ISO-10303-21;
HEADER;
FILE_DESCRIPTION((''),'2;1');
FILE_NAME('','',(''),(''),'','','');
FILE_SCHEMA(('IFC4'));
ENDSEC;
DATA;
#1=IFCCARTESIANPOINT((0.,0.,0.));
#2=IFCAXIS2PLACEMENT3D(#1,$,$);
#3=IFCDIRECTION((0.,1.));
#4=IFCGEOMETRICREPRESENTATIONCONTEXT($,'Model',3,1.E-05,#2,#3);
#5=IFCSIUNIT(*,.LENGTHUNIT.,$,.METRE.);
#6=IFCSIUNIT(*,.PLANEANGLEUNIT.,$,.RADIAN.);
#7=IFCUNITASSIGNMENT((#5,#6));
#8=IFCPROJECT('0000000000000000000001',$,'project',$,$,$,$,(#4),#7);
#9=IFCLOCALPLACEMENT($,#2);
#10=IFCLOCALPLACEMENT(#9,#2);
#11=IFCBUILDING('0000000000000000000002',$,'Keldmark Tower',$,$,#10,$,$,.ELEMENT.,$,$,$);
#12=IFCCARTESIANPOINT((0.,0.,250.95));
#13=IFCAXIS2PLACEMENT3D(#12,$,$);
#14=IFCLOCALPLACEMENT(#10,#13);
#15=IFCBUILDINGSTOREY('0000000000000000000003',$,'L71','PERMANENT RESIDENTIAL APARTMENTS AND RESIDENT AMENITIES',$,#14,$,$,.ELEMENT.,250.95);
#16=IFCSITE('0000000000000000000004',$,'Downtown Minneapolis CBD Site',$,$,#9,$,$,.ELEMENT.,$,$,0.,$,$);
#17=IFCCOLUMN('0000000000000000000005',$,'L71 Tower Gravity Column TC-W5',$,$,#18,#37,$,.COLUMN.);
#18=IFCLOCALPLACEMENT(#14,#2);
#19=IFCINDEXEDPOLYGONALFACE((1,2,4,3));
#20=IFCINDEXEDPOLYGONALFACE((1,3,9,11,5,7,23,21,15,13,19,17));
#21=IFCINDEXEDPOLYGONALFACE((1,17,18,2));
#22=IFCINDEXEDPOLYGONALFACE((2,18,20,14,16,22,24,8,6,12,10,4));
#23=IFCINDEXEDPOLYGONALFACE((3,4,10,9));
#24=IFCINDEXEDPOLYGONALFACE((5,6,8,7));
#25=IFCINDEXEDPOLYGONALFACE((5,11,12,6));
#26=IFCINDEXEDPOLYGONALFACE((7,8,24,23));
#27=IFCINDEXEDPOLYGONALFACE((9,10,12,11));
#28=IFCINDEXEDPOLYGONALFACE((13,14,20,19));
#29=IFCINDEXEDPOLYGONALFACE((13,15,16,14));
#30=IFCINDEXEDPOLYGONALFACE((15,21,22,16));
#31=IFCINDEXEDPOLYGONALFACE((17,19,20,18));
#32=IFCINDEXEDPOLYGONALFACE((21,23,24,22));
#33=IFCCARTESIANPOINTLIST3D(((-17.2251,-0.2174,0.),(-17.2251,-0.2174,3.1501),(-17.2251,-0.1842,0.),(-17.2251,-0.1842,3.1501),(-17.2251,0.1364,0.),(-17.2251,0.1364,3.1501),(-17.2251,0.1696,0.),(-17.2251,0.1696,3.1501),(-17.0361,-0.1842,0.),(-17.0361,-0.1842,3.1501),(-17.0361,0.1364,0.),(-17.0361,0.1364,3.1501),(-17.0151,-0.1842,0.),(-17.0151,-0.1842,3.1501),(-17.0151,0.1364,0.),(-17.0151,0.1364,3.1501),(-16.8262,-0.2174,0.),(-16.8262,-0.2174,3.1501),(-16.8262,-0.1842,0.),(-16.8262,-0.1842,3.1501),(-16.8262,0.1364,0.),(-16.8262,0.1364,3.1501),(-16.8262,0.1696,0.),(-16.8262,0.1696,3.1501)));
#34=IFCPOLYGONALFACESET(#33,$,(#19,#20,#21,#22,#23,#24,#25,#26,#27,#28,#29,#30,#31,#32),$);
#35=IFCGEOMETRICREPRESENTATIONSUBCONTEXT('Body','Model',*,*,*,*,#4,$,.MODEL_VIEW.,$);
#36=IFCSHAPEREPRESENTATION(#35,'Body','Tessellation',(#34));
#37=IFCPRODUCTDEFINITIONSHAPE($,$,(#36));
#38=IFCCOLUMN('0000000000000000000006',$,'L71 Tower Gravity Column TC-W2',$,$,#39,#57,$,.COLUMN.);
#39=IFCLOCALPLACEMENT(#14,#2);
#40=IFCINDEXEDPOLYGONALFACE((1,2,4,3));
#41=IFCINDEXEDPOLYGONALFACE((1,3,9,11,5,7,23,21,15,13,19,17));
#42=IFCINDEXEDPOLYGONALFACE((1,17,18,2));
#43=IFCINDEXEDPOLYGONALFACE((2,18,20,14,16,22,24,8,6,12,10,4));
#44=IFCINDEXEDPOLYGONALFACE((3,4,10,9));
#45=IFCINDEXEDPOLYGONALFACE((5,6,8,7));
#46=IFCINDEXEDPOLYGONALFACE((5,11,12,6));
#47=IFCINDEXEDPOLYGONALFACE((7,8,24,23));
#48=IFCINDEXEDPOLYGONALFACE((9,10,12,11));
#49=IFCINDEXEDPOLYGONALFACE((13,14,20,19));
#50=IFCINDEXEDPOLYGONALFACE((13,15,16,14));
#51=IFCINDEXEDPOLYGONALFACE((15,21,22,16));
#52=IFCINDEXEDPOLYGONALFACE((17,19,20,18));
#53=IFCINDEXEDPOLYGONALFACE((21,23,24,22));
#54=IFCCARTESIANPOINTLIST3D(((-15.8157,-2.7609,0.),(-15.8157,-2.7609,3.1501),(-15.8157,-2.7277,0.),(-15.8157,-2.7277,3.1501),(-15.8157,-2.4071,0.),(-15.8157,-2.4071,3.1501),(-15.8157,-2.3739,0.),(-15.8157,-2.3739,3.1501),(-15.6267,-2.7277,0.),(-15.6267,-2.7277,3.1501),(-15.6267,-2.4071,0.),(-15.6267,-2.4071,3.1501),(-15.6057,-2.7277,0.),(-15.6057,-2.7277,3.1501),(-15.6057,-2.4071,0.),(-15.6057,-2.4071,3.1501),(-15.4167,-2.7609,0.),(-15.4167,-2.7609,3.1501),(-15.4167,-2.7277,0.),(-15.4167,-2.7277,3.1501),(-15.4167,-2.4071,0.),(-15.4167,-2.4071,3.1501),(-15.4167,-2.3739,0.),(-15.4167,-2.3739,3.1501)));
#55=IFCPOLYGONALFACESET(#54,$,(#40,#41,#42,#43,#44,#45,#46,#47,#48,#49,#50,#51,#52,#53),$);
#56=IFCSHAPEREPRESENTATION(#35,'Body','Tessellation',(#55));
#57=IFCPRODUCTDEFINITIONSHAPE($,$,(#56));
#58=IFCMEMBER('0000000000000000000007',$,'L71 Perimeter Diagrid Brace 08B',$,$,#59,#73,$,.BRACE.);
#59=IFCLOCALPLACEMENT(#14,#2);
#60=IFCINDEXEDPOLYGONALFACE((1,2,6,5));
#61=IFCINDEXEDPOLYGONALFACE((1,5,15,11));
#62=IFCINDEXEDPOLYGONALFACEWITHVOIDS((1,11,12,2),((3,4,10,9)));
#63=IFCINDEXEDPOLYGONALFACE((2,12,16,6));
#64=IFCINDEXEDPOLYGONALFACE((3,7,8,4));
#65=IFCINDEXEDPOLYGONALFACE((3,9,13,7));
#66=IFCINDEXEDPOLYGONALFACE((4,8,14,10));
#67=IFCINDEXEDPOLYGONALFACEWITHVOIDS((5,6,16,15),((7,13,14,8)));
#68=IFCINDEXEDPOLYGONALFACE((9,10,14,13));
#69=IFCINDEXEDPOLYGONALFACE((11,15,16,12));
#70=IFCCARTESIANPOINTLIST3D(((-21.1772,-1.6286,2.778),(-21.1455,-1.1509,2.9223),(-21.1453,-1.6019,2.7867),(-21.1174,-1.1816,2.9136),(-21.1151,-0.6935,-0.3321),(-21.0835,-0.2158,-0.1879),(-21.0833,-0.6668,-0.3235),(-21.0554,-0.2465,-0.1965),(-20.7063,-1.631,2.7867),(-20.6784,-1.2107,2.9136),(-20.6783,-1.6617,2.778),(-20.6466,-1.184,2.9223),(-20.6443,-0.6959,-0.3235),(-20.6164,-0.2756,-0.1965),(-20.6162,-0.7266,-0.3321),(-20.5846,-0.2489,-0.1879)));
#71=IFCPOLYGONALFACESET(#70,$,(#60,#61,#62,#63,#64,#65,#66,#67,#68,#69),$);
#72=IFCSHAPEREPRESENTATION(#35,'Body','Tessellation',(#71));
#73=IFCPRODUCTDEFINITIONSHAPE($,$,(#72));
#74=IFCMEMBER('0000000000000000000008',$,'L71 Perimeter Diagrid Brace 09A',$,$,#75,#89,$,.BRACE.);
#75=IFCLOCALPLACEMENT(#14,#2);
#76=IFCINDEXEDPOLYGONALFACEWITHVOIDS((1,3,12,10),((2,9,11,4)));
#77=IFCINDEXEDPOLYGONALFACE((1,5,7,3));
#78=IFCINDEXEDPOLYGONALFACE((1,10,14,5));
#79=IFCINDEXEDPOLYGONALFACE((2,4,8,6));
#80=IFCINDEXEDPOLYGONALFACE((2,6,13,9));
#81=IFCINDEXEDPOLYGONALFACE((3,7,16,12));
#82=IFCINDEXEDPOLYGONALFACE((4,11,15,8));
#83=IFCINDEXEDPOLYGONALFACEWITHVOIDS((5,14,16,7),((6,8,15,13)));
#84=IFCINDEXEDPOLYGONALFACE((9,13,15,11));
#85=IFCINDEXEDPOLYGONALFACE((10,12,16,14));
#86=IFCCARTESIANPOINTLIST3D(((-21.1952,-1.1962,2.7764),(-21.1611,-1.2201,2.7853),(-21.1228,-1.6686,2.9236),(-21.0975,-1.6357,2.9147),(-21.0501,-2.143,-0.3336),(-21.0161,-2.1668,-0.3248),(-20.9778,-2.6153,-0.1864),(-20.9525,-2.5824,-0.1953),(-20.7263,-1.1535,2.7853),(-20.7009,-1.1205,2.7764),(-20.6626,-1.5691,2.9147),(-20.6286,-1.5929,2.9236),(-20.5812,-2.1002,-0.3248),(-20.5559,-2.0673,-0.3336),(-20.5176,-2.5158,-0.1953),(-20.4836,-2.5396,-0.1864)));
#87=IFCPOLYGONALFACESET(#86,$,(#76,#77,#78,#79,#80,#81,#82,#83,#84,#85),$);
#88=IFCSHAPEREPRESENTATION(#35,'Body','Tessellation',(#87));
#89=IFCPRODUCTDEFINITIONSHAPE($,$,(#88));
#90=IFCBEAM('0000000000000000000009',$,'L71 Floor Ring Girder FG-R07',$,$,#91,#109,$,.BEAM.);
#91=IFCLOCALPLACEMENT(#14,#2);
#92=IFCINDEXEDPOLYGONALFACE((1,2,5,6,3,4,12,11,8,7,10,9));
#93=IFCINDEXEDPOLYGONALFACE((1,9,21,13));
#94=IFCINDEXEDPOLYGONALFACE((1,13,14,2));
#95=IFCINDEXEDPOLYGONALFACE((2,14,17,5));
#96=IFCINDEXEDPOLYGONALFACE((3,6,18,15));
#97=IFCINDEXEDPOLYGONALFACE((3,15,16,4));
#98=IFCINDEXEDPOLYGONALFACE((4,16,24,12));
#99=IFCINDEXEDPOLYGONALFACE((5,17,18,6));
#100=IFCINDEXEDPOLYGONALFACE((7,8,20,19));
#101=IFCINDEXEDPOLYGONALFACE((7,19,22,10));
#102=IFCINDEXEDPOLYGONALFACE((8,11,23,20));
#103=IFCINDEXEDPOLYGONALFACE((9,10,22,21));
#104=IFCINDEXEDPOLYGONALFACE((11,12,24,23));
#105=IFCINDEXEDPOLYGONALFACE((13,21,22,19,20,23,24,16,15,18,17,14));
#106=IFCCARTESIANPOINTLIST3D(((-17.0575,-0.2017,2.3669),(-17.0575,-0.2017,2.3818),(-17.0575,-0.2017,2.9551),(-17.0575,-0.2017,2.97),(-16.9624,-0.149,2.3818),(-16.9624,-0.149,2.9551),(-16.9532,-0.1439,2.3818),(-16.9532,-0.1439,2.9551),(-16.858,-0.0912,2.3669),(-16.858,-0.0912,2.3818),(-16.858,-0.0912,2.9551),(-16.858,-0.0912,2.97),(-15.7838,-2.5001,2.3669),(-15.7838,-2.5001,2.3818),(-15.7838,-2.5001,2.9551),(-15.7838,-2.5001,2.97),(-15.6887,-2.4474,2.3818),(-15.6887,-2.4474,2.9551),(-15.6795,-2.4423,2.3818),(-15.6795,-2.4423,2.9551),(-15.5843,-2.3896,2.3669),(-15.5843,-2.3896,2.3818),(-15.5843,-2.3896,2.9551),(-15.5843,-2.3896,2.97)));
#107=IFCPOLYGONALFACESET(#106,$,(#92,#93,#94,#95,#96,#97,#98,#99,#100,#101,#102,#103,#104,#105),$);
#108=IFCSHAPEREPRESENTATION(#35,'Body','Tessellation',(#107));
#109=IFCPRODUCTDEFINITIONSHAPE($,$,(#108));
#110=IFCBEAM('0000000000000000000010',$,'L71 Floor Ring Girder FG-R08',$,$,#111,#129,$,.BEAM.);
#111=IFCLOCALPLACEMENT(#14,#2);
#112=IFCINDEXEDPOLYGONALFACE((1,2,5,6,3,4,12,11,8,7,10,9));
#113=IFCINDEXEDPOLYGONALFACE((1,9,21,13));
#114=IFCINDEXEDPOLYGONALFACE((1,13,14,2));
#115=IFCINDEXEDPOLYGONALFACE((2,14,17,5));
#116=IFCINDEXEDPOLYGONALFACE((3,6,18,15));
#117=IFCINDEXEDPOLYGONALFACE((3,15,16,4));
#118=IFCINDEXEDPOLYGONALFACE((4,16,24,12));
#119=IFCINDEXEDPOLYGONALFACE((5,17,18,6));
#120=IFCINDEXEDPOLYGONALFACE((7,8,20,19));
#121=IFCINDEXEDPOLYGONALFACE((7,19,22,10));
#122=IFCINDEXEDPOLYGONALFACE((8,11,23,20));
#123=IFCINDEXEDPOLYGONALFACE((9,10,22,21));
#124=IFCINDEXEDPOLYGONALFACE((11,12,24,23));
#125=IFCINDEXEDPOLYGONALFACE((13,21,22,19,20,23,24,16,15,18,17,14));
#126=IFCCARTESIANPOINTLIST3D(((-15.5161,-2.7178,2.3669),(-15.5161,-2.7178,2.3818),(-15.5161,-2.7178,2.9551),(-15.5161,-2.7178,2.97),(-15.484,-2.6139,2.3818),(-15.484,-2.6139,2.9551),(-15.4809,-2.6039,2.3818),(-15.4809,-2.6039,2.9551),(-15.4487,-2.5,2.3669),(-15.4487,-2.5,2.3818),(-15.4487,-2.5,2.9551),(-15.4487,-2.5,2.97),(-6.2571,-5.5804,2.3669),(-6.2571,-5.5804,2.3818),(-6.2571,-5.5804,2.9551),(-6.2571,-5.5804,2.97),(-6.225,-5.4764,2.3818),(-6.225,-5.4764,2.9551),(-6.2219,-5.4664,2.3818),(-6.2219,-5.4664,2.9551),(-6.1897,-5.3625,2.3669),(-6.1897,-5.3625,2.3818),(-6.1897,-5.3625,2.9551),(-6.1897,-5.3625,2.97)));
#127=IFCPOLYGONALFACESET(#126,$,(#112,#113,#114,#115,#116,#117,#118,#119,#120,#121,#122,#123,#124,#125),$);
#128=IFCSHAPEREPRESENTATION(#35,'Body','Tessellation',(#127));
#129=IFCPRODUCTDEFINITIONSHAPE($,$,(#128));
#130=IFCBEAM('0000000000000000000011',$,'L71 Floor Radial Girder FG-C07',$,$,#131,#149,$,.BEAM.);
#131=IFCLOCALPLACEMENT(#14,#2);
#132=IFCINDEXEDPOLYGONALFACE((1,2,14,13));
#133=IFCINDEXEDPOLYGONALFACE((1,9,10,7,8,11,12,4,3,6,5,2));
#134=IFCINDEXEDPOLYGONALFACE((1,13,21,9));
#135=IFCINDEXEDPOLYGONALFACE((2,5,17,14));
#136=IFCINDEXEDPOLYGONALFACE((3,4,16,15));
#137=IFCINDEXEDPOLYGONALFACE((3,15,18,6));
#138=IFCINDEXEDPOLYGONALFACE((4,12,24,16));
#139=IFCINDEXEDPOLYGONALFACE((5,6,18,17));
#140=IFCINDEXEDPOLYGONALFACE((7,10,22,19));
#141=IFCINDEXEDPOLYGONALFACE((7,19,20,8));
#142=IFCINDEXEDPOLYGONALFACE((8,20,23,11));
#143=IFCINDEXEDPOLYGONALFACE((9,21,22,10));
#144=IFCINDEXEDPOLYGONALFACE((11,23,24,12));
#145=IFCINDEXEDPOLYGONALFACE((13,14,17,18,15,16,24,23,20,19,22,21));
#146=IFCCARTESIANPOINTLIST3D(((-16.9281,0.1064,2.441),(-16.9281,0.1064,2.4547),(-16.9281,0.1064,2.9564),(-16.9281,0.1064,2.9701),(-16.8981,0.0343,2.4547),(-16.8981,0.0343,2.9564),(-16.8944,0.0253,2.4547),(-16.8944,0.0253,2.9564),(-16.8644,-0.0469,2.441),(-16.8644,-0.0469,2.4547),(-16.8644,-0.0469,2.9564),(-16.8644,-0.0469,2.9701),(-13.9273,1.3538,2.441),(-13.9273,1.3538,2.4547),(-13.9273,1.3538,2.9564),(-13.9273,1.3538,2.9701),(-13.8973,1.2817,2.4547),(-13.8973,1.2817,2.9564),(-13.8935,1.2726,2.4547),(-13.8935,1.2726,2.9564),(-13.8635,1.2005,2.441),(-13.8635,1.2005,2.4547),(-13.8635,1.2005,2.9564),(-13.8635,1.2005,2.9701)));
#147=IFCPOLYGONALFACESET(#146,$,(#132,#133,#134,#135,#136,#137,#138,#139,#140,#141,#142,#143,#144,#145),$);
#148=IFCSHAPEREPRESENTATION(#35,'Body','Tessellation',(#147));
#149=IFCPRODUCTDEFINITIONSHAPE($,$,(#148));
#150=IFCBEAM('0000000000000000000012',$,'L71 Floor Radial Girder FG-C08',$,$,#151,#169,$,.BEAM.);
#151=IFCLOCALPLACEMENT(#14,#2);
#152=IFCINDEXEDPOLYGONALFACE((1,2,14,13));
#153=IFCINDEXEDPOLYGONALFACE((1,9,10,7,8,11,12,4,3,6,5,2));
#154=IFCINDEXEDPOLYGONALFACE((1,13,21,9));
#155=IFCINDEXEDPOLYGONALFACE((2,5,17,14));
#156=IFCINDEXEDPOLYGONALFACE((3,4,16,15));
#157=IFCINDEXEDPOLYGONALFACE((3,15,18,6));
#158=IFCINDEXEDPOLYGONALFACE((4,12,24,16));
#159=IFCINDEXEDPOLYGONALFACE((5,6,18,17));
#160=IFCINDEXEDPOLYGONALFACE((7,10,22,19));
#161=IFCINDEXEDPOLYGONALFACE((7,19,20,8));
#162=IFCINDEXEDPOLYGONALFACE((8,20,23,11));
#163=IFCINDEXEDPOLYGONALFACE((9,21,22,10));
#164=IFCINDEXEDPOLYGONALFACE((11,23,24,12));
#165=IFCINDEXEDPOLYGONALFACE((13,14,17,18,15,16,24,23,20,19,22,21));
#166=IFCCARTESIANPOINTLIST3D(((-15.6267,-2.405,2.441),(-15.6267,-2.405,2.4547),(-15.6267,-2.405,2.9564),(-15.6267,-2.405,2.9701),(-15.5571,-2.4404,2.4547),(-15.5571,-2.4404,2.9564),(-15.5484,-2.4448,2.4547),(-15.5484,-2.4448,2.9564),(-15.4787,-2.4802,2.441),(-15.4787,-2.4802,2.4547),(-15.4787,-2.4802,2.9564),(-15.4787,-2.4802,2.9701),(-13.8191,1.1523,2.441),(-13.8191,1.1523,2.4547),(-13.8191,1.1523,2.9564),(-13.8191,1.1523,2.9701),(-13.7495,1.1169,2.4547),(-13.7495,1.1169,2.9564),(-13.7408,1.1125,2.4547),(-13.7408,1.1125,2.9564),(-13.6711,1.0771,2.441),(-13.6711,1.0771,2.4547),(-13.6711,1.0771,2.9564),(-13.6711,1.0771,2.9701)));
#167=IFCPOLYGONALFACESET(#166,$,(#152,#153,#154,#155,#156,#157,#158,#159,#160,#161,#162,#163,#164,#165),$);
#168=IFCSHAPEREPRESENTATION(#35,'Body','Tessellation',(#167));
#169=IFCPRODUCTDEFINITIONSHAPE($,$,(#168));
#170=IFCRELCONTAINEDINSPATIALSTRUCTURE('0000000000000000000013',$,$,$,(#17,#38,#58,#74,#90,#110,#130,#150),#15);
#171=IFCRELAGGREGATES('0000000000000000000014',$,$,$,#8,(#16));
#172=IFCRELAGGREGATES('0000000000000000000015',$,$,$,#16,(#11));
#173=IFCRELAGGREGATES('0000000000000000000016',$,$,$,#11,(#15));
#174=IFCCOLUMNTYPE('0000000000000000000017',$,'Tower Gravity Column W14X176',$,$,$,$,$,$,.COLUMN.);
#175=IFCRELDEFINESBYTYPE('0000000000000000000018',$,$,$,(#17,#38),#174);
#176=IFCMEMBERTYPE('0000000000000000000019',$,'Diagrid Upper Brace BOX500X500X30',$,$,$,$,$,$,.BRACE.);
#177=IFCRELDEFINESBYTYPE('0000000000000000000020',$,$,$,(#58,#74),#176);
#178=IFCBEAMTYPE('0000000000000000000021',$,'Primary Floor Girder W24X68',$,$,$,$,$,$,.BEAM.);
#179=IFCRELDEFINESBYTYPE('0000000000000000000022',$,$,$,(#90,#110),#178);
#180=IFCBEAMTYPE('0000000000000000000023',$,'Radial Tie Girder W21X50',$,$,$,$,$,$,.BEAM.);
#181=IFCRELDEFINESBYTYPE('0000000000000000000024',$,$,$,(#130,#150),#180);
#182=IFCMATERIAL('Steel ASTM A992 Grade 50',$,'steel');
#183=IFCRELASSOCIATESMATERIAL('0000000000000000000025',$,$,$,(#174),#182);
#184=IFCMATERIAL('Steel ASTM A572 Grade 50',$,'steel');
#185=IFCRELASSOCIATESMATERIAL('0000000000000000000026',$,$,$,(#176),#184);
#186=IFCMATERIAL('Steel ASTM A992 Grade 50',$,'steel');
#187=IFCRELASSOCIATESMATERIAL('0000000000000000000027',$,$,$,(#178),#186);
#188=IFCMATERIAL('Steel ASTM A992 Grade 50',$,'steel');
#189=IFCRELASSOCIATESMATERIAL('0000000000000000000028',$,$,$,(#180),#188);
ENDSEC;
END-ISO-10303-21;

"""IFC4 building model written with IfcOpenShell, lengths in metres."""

from ifc_helpers import new_model, si_unit, direction, frame, origin, origin_2d, place, context, subcontext, project, spatial, hollow_rectangle, i_section, extrude, material, material_profile, profile_set, type_object, element, save


model = new_model("IFC4")

# Units and contexts
model_context = context("Model", 3, precision=1e-05, world=origin(), true_north=direction((0.0, 1.0)))
body_context = subcontext(model_context, "Body", "Model", "MODEL_VIEW")
ifc_project = project(units=[si_unit("LENGTHUNIT", "METRE"), si_unit("PLANEANGLEUNIT", "RADIAN")], contexts=[model_context])

# Site, building, storey
site_placement = place(None, origin())
site = spatial("IfcSite", under=ifc_project, at=site_placement, Name="Downtown Minneapolis CBD Site", CompositionType="ELEMENT", RefElevation=0.0)
building_placement = place(site_placement, origin())
building = spatial("IfcBuilding", under=site, at=building_placement, Name="Keldmark Tower", CompositionType="ELEMENT")
storey_placement = place(building_placement, frame((0.0, 0.0, 250.95)))
storey = spatial("IfcBuildingStorey", under=building, at=storey_placement, Name="L71", Description="PERMANENT RESIDENTIAL APARTMENTS AND RESIDENT AMENITIES", CompositionType="ELEMENT", Elevation=250.95)

# Columns
ifc_material_1 = material(Name="Steel ASTM A992 Grade 50", Category="steel")
ifc_material_profile_1 = material_profile(ifc_material_1, i_section(OverallWidth=0.3989, OverallDepth=0.387, WebThickness=0.021, FlangeThickness=0.0332, at=origin_2d()), Name="W14X176")
ifc_profile_set_1 = profile_set([ifc_material_profile_1], Name="Steel ASTM A992 Grade 50")
column_type = type_object("IfcColumnType", Name="Tower Gravity Column W14X176", PredefinedType="COLUMN", material=ifc_profile_set_1)
for number, where, z_axis, x_axis, name in (
    (1, (-17.0256, -0.0239, 0.0), (0.0, 0.0, 1.0), (1.0, 0.0, 0.0), "L71 Tower Gravity Column TC-W5"),
    (2, (-15.6162, -2.5674, 0.0), (0.0, 0.0, 1.0), (1.0, 0.0, 0.0), "L71 Tower Gravity Column TC-W2"),
):
    element("IfcColumn", number, at=place(storey_placement, frame(where, z_axis=z_axis, x_axis=x_axis)), inside=storey, type_object=column_type, Name=name, PredefinedType="COLUMN", context=body_context, shape_type="SweptSolid", body=[
        extrude(i_section(OverallWidth=0.3989, OverallDepth=0.387, WebThickness=0.021, FlangeThickness=0.0332, at=origin_2d()), origin(), (0.0, 0.0, 1.0), 3.1501),
    ])

# Members
ifc_material_2 = material(Name="Steel ASTM A572 Grade 50", Category="steel")
ifc_material_profile_2 = material_profile(ifc_material_2, hollow_rectangle(XDim=0.5, YDim=0.5, WallThickness=0.03, at=origin_2d()), Name="BOX500X500X30")
ifc_profile_set_2 = profile_set([ifc_material_profile_2], Name="Steel ASTM A572 Grade 50")
member_type = type_object("IfcMemberType", Name="Diagrid Upper Brace BOX500X500X30", PredefinedType="BRACE", material=ifc_profile_set_2)
member_1_placement = place(storey_placement, frame((-20.8499, -0.4712, -0.26), z_axis=(-0.019091, -0.287868, 0.95748), x_axis=(0.997808, -0.066173, 0.0)))
element("IfcMember", 3, at=member_1_placement, inside=storey, type_object=member_type, Name="L71 Perimeter Diagrid Brace 08B", PredefinedType="BRACE", context=body_context, shape_type="SweptSolid", body=[
    extrude(hollow_rectangle(XDim=0.5, YDim=0.5, WallThickness=0.03, at=origin_2d()), origin(), (0.0, 0.0, 1.0), 3.2483),
])
member_2_placement = place(storey_placement, frame((-20.7668, -2.3413, -0.26), z_axis=(-0.044563, 0.290935, 0.955704), x_axis=(-0.988472, -0.151406, 0.0)))
element("IfcMember", 4, at=member_2_placement, inside=storey, type_object=member_type, Name="L71 Perimeter Diagrid Brace 09A", PredefinedType="BRACE", context=body_context, shape_type="SweptSolid", body=[
    extrude(hollow_rectangle(XDim=0.5, YDim=0.5, WallThickness=0.03, at=origin_2d()), origin(), (0.0, 0.0, 1.0), 3.2542),
])

# Beams
ifc_material_3 = material(Name="Steel ASTM A992 Grade 50", Category="steel")
ifc_material_profile_3 = material_profile(ifc_material_3, i_section(OverallWidth=0.228, OverallDepth=0.603, WebThickness=0.0105, FlangeThickness=0.0149, at=origin_2d()), Name="W24X68")
ifc_profile_set_3 = profile_set([ifc_material_profile_3], Name="Steel ASTM A992 Grade 50")
beam_type_1 = type_object("IfcBeamType", Name="Primary Floor Girder W24X68", PredefinedType="BEAM", material=ifc_profile_set_3)
beam_1_placement = place(storey_placement, frame((-16.9578, -0.1465, 2.6685), z_axis=(0.48472, -0.87467, 0.0), x_axis=(0.87467, 0.48472, 0.0)))
element("IfcBeam", 5, at=beam_1_placement, inside=storey, type_object=beam_type_1, Name="L71 Floor Ring Girder FG-R07", PredefinedType="BEAM", context=body_context, shape_type="SweptSolid", body=[
    extrude(i_section(OverallWidth=0.228, OverallDepth=0.603, WebThickness=0.0105, FlangeThickness=0.0149, at=origin_2d()), origin(), (0.0, 0.0, 1.0), 2.6277),
])
beam_2_placement = place(storey_placement, frame((-15.4824, -2.6089, 2.6685), z_axis=(0.955383, -0.295369, 0.0), x_axis=(0.295369, 0.955383, 0.0)))
element("IfcBeam", 6, at=beam_2_placement, inside=storey, type_object=beam_type_1, Name="L71 Floor Ring Girder FG-R08", PredefinedType="BEAM", context=body_context, shape_type="SweptSolid", body=[
    extrude(i_section(OverallWidth=0.228, OverallDepth=0.603, WebThickness=0.0105, FlangeThickness=0.0149, at=origin_2d()), origin(), (0.0, 0.0, 1.0), 9.6914),
])
ifc_material_4 = material(Name="Steel ASTM A992 Grade 50", Category="steel")
ifc_material_profile_4 = material_profile(ifc_material_4, i_section(OverallWidth=0.166, OverallDepth=0.5291, WebThickness=0.0098, FlangeThickness=0.0137, at=origin_2d()), Name="W21X50")
ifc_profile_set_4 = profile_set([ifc_material_profile_4], Name="Steel ASTM A992 Grade 50")
beam_type_2 = type_object("IfcBeamType", Name="Radial Tie Girder W21X50", PredefinedType="BEAM", material=ifc_profile_set_4)
beam_3_placement = place(storey_placement, frame((-16.8962, 0.0298, 2.7056), z_axis=(0.923403, 0.383831, 0.0), x_axis=(-0.383831, 0.923403, 0.0)))
element("IfcBeam", 7, at=beam_3_placement, inside=storey, type_object=beam_type_2, Name="L71 Floor Radial Girder FG-C07", PredefinedType="BEAM", context=body_context, shape_type="SweptSolid", body=[
    extrude(i_section(OverallWidth=0.166, OverallDepth=0.5291, WebThickness=0.0098, FlangeThickness=0.0137, at=origin_2d()), origin(), (0.0, 0.0, 1.0), 3.2498),
])
beam_4_placement = place(storey_placement, frame((-15.5527, -2.4426, 2.7056), z_axis=(0.453004, 0.891508, 0.0), x_axis=(-0.891508, 0.453004, 0.0)))
element("IfcBeam", 8, at=beam_4_placement, inside=storey, type_object=beam_type_2, Name="L71 Floor Radial Girder FG-C08", PredefinedType="BEAM", context=body_context, shape_type="SweptSolid", body=[
    extrude(i_section(OverallWidth=0.166, OverallDepth=0.5291, WebThickness=0.0098, FlangeThickness=0.0137, at=origin_2d()), origin(), (0.0, 0.0, 1.0), 3.9902),
])

save(model, "model.ifc")
